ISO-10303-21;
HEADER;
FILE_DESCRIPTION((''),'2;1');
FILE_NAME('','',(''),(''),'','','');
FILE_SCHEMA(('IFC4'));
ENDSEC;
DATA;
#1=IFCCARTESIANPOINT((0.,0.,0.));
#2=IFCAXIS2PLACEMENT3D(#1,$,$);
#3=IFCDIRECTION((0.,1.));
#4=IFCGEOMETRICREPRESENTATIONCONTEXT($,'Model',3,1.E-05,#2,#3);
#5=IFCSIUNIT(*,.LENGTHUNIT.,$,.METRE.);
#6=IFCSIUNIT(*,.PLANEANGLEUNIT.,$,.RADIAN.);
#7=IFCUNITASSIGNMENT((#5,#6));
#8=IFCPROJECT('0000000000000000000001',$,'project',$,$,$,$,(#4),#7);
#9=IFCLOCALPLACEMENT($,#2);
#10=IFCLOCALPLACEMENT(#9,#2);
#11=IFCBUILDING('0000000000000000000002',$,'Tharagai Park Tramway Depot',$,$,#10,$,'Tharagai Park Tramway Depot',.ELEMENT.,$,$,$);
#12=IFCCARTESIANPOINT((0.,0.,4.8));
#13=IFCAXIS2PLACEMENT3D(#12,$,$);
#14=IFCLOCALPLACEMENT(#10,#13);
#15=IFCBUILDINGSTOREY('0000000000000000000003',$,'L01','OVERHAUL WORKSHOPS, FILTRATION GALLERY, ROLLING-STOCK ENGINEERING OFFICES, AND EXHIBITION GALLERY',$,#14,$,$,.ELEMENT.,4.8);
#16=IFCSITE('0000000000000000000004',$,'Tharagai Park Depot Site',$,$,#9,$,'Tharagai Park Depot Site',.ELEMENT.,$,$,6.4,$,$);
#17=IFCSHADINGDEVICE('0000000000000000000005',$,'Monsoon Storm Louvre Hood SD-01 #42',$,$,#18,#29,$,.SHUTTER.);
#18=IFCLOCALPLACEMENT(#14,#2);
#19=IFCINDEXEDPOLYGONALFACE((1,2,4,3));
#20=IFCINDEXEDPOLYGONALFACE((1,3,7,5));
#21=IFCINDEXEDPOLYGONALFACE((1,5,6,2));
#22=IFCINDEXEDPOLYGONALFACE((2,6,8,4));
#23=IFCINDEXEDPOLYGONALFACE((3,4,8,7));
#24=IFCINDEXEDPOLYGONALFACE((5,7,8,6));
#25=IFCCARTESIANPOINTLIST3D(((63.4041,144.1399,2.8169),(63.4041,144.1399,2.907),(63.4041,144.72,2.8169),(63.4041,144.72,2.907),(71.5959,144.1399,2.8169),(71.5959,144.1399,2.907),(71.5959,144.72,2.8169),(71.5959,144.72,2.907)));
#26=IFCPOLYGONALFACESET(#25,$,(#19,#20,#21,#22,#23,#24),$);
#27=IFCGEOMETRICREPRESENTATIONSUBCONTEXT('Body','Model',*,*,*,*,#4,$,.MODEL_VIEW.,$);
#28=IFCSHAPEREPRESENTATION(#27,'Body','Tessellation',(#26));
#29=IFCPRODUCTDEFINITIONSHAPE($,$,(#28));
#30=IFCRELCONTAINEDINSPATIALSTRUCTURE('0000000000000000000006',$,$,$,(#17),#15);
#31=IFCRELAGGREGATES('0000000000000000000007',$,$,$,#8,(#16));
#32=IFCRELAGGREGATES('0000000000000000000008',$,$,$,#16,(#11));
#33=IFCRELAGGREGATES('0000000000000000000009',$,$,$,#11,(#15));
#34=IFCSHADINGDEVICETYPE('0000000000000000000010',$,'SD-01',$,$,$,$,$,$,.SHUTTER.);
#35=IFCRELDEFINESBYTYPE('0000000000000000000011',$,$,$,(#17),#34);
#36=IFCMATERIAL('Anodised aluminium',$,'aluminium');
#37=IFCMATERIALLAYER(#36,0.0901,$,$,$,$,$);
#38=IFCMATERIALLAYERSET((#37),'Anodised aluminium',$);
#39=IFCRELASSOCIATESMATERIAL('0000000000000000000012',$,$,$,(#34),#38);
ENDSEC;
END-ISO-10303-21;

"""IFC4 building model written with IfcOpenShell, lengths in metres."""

from ifc_helpers import new_model, si_unit, direction, frame, origin, origin_2d, place, context, subcontext, project, spatial, rectangle, extrude, material, layer, layer_set, type_object, element, save


model = new_model("IFC4")

# Units and contexts
model_context = context("Model", 3, precision=1e-05, world=origin(), true_north=direction((0.0, 1.0)))
body_context = subcontext(model_context, "Body", "Model", "MODEL_VIEW")
ifc_project = project(units=[si_unit("LENGTHUNIT", "METRE"), si_unit("PLANEANGLEUNIT", "RADIAN")], contexts=[model_context])

# Site, building, storey
site_placement = place(None, origin())
site = spatial("IfcSite", under=ifc_project, at=site_placement, Name="Tharagai Park Depot Site", LongName="Tharagai Park Depot Site", CompositionType="ELEMENT", RefElevation=6.4)
building_placement = place(site_placement, origin())
building = spatial("IfcBuilding", under=site, at=building_placement, Name="Tharagai Park Tramway Depot", LongName="Tharagai Park Tramway Depot", CompositionType="ELEMENT")
storey_placement = place(building_placement, frame((0.0, 0.0, 4.8)))
storey = spatial("IfcBuildingStorey", under=building, at=storey_placement, Name="L01", Description="OVERHAUL WORKSHOPS, FILTRATION GALLERY, ROLLING-STOCK ENGINEERING OFFICES, AND EXHIBITION GALLERY", CompositionType="ELEMENT", Elevation=4.8)

# Shading device
ifc_material_1 = material(Name="Anodised aluminium", Category="aluminium")
ifc_layer_1 = layer(ifc_material_1, 0.0901)
ifc_layer_set_1 = layer_set([ifc_layer_1], Name="Anodised aluminium")
shading_device_type = type_object("IfcShadingDeviceType", Name="SD-01", PredefinedType="SHUTTER", material=ifc_layer_set_1)
for number, where, z_axis, x_axis, name in (
    (1, (67.5, 144.4299, 2.8169), (0.0, 0.0, 1.0), (1.0, 0.0, 0.0), "Monsoon Storm Louvre Hood SD-01 #42"),
):
    element("IfcShadingDevice", number, at=place(storey_placement, frame(where, z_axis=z_axis, x_axis=x_axis)), inside=storey, type_object=shading_device_type, Name=name, PredefinedType="SHUTTER", context=body_context, shape_type="SweptSolid", body=[
        extrude(rectangle(XDim=8.1919, YDim=0.5801, at=origin_2d()), origin(), (0.0, 0.0, 1.0), 0.0901),
    ])

save(model, "model.ifc")
